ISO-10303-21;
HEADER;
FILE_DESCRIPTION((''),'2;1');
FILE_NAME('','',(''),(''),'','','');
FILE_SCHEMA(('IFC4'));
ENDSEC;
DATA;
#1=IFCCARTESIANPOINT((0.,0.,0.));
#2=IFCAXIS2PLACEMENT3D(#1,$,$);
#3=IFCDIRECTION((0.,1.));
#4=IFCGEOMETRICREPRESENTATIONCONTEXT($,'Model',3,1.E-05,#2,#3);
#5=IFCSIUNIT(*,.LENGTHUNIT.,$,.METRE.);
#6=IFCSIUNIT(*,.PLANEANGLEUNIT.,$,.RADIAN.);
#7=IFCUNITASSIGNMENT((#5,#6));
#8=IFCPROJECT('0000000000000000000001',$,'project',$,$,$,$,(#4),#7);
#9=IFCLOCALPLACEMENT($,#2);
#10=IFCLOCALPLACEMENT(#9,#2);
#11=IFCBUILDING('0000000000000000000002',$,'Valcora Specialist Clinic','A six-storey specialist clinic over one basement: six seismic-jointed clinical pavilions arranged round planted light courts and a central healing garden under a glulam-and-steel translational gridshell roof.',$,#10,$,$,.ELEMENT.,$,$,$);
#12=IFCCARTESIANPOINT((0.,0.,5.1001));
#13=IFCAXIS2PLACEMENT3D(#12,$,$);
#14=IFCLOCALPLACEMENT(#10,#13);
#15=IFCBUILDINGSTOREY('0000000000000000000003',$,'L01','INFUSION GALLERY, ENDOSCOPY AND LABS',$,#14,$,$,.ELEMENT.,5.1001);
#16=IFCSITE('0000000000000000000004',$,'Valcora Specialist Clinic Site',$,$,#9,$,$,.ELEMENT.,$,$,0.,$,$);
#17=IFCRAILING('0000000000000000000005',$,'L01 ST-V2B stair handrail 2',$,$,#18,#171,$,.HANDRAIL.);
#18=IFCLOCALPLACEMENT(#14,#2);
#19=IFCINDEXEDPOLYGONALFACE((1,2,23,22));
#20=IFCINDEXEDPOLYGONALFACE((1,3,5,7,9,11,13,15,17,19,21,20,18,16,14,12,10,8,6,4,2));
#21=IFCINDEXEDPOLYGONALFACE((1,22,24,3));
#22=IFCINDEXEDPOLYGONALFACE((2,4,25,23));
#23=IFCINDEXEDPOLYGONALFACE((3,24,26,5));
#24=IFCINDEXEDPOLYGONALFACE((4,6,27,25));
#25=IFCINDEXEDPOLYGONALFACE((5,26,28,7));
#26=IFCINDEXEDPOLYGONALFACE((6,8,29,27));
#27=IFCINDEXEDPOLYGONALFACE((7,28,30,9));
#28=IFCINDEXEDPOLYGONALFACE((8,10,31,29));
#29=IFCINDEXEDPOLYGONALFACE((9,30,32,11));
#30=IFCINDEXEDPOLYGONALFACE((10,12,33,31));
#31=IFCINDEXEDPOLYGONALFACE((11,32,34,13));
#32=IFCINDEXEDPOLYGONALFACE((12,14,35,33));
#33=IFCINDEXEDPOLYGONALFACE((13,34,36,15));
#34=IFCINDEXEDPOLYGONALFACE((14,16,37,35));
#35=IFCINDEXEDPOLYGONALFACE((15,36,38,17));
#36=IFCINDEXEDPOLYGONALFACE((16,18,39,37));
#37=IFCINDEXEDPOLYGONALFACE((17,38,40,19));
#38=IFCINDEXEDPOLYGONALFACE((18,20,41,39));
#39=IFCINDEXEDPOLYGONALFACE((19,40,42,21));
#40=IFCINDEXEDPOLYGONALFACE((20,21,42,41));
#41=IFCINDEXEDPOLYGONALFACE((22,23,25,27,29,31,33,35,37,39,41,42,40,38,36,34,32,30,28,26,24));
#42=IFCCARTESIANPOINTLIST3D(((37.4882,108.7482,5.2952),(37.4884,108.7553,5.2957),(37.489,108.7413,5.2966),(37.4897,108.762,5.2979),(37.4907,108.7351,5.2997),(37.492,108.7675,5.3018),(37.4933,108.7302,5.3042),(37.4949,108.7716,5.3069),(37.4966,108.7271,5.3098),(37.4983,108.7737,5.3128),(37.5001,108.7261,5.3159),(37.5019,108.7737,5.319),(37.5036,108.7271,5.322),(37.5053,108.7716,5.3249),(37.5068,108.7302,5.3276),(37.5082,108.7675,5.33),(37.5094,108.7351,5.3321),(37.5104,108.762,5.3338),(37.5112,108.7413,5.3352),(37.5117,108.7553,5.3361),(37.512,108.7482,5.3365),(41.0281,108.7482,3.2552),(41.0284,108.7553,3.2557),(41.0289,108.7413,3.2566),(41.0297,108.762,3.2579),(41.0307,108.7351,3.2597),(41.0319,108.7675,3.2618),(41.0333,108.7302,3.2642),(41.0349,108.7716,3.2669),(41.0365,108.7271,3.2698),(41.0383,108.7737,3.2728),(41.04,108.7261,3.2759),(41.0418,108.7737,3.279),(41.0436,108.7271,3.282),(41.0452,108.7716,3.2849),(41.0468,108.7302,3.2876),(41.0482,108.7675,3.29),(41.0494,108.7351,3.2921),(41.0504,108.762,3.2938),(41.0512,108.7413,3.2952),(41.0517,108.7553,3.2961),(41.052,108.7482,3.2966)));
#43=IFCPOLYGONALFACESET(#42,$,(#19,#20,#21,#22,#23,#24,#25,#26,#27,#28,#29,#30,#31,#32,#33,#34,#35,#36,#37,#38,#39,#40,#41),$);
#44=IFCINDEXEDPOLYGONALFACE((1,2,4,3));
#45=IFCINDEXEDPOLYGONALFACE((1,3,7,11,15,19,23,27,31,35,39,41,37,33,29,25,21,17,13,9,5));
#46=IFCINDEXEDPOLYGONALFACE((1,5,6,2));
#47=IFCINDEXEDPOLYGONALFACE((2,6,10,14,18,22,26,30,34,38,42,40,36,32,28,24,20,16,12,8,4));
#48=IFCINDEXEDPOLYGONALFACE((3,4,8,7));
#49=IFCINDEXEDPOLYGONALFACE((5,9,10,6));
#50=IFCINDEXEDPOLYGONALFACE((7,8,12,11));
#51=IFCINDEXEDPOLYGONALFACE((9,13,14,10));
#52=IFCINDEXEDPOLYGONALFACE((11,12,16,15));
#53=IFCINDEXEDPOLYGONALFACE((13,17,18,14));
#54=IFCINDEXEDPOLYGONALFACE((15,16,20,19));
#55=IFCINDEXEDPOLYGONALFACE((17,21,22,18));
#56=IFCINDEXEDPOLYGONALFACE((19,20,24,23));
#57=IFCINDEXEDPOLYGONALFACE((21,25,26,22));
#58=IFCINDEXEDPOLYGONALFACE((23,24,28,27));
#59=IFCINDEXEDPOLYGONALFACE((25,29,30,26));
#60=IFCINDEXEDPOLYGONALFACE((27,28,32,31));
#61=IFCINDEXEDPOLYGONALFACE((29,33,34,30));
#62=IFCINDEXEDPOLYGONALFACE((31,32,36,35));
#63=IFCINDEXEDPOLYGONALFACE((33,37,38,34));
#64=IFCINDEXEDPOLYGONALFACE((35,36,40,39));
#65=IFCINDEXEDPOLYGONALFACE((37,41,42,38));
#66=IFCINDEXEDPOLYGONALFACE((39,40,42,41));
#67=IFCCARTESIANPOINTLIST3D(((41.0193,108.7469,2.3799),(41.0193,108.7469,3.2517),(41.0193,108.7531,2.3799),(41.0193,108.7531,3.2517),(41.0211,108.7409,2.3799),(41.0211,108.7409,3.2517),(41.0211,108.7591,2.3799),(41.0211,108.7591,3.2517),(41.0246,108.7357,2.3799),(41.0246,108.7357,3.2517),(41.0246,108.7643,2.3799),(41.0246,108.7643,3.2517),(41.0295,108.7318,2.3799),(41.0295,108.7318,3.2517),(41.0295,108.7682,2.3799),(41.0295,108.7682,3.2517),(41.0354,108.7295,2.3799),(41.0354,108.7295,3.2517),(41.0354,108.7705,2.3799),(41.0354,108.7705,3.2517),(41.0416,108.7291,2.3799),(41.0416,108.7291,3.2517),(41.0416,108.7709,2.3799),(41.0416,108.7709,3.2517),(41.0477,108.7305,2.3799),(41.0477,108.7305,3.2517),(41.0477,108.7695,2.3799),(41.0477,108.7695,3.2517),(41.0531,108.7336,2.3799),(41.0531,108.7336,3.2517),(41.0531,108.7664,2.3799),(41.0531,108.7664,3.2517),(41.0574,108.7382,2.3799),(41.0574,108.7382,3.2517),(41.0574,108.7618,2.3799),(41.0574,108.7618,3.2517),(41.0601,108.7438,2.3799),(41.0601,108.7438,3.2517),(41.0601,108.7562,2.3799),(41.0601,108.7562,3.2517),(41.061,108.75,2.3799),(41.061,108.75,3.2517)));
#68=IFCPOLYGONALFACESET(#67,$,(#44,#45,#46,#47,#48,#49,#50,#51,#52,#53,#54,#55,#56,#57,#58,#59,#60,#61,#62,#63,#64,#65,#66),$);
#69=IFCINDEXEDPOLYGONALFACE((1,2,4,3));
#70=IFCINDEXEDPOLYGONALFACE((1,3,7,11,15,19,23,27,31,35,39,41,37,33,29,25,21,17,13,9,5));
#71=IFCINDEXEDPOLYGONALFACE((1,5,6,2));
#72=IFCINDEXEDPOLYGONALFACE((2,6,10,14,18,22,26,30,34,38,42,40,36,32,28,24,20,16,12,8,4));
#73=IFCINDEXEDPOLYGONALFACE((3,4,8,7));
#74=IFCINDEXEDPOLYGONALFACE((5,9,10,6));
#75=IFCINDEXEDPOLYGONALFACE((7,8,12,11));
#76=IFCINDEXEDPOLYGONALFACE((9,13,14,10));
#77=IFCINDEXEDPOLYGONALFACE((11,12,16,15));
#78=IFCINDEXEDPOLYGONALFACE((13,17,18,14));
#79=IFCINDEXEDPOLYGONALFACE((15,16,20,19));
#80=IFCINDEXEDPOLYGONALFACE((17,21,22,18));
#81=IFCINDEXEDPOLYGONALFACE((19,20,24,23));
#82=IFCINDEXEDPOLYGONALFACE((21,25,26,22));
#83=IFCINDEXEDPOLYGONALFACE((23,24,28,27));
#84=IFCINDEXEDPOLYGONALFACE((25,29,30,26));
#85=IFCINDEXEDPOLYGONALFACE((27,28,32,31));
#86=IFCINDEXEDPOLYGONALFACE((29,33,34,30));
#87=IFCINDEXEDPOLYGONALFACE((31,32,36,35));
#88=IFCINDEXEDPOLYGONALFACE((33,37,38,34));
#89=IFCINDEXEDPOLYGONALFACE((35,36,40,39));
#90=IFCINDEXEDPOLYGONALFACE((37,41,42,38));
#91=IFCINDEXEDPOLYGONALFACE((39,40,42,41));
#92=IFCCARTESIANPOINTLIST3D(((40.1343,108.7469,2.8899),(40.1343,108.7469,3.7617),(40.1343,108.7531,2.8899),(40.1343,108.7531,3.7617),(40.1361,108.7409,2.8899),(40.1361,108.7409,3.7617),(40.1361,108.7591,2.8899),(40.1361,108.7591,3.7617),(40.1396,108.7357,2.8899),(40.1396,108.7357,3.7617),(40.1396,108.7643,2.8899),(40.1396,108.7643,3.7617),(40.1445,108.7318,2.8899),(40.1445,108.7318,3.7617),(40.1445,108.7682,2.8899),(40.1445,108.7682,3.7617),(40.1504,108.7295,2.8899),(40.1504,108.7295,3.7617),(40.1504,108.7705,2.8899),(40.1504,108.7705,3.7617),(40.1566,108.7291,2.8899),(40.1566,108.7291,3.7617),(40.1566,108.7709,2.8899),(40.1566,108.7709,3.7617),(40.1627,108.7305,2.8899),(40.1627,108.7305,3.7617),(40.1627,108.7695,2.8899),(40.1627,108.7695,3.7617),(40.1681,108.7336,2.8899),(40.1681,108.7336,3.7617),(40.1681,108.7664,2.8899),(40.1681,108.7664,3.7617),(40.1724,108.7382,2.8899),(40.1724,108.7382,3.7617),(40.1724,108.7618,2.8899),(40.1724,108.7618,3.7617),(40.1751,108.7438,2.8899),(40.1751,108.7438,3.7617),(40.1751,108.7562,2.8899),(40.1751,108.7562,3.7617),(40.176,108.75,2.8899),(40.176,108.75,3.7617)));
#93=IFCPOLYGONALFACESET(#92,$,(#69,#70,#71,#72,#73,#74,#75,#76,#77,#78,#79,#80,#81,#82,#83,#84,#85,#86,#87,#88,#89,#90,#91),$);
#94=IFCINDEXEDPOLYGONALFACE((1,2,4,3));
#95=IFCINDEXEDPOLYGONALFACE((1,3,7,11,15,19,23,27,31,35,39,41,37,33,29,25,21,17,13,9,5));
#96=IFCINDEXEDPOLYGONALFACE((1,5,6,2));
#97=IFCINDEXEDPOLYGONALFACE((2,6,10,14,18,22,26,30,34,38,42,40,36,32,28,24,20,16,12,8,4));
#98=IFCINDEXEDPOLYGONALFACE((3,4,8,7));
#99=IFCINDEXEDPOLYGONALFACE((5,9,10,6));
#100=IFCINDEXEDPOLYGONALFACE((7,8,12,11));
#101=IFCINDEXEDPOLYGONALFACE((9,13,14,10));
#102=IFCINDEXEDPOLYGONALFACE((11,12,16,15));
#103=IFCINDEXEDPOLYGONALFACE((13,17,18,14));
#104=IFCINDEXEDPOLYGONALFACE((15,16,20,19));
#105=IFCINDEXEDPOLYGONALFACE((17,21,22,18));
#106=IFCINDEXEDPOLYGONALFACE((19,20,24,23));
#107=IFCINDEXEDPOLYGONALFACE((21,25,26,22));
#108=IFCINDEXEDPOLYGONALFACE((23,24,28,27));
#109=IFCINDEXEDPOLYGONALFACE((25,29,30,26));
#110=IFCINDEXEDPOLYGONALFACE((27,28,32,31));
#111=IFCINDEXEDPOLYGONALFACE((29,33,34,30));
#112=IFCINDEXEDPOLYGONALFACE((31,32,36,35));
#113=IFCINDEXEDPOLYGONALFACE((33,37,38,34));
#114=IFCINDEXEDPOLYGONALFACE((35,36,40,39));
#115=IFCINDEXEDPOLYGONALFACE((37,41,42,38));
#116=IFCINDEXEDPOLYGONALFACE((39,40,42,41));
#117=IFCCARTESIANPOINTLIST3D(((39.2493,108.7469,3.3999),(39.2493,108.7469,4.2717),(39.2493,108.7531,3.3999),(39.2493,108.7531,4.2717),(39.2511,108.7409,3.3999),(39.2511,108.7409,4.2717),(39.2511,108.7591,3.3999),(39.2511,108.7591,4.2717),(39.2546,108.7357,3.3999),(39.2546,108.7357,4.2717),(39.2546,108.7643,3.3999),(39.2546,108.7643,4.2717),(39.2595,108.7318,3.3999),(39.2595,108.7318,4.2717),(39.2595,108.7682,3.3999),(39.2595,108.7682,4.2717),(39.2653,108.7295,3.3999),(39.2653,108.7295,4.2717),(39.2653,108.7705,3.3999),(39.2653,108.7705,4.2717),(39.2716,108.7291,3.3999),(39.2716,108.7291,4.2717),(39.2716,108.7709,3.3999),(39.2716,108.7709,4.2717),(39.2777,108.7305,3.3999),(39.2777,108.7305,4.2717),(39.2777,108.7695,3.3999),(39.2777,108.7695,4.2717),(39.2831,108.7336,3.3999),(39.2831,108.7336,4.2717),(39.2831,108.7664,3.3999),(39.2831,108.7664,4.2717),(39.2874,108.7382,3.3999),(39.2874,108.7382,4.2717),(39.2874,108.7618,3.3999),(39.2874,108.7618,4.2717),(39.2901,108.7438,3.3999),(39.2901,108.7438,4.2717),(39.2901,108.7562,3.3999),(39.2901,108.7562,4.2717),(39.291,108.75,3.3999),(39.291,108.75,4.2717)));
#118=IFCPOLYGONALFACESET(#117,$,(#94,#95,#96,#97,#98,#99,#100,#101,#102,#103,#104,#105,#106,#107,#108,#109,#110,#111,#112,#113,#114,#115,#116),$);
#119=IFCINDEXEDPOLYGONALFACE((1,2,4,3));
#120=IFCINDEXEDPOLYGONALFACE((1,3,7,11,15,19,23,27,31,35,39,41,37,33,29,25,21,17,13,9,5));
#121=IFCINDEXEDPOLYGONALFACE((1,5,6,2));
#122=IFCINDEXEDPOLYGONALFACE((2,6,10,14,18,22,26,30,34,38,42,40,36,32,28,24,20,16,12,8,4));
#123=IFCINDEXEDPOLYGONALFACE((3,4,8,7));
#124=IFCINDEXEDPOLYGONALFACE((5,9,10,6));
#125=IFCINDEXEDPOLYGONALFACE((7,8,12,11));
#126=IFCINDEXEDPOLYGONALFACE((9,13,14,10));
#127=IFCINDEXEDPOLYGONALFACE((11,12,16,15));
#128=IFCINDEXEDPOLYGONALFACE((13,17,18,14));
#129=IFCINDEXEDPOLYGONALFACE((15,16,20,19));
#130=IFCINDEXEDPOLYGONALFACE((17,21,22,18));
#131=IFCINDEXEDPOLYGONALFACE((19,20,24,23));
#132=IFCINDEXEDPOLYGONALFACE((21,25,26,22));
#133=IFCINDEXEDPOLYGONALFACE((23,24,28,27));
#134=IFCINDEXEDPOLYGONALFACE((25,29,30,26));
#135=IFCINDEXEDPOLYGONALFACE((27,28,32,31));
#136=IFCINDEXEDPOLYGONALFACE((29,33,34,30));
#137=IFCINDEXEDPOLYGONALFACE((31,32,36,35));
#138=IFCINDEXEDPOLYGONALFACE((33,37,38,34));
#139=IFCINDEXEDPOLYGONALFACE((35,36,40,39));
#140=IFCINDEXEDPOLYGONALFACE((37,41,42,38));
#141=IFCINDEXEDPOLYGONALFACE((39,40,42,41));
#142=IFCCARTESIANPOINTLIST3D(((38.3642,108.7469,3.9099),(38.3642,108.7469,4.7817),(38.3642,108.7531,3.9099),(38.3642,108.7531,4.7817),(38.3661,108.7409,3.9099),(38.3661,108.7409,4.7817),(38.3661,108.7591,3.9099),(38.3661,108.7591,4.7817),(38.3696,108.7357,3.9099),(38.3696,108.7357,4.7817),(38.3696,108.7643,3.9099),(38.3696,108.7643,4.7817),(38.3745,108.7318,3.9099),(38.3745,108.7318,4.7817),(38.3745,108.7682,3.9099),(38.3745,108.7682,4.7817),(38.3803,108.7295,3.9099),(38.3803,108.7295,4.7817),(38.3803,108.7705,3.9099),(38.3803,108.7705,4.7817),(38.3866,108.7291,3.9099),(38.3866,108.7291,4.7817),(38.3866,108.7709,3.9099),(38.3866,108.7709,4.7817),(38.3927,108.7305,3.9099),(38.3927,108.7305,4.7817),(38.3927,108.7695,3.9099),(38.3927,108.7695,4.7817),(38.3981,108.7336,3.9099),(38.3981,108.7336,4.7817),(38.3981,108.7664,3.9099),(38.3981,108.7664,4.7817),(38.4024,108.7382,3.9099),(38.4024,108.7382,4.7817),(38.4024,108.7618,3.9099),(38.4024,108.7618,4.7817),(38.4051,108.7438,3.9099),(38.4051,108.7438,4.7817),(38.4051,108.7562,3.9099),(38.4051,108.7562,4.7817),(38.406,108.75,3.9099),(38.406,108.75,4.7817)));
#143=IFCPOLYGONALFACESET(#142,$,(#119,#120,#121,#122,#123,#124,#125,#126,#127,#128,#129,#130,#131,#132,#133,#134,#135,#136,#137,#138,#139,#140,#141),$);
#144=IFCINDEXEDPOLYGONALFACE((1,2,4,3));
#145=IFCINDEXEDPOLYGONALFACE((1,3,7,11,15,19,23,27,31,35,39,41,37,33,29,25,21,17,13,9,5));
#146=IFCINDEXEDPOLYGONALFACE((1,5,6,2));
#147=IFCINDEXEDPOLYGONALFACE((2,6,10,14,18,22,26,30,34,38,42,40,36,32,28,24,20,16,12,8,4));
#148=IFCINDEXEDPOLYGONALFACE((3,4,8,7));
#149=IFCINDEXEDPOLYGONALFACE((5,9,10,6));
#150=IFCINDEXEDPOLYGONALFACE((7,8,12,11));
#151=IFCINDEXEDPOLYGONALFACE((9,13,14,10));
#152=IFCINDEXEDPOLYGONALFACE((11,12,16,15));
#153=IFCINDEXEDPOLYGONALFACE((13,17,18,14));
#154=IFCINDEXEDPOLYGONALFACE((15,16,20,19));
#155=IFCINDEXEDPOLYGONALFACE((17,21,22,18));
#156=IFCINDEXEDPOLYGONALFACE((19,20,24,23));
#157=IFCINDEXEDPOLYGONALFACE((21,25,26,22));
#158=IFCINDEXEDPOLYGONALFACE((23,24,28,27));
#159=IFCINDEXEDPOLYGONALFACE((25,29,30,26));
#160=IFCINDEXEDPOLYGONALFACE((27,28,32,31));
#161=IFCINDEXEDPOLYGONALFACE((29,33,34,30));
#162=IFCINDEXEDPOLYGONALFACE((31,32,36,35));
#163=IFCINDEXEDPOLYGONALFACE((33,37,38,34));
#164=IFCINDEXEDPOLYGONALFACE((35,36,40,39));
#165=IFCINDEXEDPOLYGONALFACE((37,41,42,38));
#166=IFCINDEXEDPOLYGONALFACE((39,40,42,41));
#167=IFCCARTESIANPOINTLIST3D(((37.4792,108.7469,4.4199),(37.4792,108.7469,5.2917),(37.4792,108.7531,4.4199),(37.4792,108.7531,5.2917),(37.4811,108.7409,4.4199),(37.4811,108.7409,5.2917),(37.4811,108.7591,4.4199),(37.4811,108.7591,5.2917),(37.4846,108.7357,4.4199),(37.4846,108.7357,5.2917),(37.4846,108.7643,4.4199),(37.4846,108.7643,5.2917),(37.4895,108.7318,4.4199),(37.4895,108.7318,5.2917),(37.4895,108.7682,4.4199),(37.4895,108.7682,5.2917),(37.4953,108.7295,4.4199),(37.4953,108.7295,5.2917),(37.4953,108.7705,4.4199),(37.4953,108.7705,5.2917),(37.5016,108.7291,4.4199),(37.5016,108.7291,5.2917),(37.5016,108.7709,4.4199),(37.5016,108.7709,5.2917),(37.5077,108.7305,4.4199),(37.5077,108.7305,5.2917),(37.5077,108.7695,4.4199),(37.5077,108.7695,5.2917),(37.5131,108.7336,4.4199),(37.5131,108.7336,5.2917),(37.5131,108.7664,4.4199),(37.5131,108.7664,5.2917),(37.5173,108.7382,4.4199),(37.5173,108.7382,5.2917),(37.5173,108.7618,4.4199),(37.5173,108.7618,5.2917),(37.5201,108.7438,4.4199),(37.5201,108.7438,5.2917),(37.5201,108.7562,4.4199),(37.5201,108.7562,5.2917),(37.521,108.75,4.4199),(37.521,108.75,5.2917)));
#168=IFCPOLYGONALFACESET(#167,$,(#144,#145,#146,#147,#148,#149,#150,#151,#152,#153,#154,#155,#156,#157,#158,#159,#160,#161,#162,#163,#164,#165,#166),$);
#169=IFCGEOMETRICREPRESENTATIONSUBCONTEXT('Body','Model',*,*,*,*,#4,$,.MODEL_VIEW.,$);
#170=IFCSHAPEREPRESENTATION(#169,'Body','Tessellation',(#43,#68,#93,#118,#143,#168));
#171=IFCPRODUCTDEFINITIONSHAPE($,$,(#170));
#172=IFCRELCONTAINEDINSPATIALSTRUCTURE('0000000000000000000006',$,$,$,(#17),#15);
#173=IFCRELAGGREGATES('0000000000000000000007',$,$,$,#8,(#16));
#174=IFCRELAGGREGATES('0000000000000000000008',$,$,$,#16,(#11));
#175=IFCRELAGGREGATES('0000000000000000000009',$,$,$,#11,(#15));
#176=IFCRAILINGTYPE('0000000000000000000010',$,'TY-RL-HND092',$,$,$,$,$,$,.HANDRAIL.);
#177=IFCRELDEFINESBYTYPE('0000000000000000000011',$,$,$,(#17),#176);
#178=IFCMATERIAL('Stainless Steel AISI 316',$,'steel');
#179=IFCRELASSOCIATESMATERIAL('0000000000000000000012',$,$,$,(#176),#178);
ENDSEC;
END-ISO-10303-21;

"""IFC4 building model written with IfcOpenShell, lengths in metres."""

from ifc_helpers import new_model, si_unit, direction, frame, origin, origin_2d, place, context, subcontext, project, spatial, circle, extrude, material, type_object, element, save


model = new_model("IFC4")

# Units and contexts
model_context = context("Model", 3, precision=1e-05, world=origin(), true_north=direction((0.0, 1.0)))
body_context = subcontext(model_context, "Body", "Model", "MODEL_VIEW")
ifc_project = project(units=[si_unit("LENGTHUNIT", "METRE"), si_unit("PLANEANGLEUNIT", "RADIAN")], contexts=[model_context])

# Site, building, storey
site_placement = place(None, origin())
site = spatial("IfcSite", under=ifc_project, at=site_placement, Name="Valcora Specialist Clinic Site", CompositionType="ELEMENT", RefElevation=0.0)
building_placement = place(site_placement, origin())
building = spatial("IfcBuilding", under=site, at=building_placement, Name="Valcora Specialist Clinic", Description="A six-storey specialist clinic over one basement: six seismic-jointed clinical pavilions arranged round planted light courts and a central healing garden under a glulam-and-steel translational gridshell roof.", CompositionType="ELEMENT")
storey_placement = place(building_placement, frame((0.0, 0.0, 5.1001)))
storey = spatial("IfcBuildingStorey", under=building, at=storey_placement, Name="L01", Description="INFUSION GALLERY, ENDOSCOPY AND LABS", CompositionType="ELEMENT", Elevation=5.1001)

# Railing
ifc_material_1 = material(Name="Stainless Steel AISI 316", Category="steel")
railing_type_1 = type_object("IfcRailingType", Name="TY-RL-HND092", PredefinedType="HANDRAIL", material=ifc_material_1)
railing_1_placement = place(storey_placement, frame((41.04, 108.75, 2.3799)))
element("IfcRailing", 1, at=railing_1_placement, inside=storey, type_object=railing_type_1, Name="L01 ST-V2B stair handrail 2", PredefinedType="HANDRAIL", context=body_context, shape_type="SweptSolid", body=[
    extrude(circle(Radius=0.0239, at=origin_2d()), frame((0.0, 0.0, 0.896), z_axis=(-0.866428, 0.0, 0.499302), x_axis=(0.0, -1.0, 0.0)), (0.0, 0.0, 1.0), 4.0857),
    extrude(circle(Radius=0.021, at=origin_2d()), origin(), (0.0, 0.0, 1.0), 0.8718),
    extrude(circle(Radius=0.021, at=origin_2d()), frame((-0.885, 0.0, 0.51)), (0.0, 0.0, 1.0), 0.8718),
    extrude(circle(Radius=0.021, at=origin_2d()), frame((-1.77, 0.0, 1.02)), (0.0, 0.0, 1.0), 0.8718),
    extrude(circle(Radius=0.021, at=origin_2d()), frame((-2.655, 0.0, 1.53)), (0.0, 0.0, 1.0), 0.8718),
    extrude(circle(Radius=0.021, at=origin_2d()), frame((-3.54, 0.0, 2.04)), (0.0, 0.0, 1.0), 0.8718),
])

save(model, "model.ifc")
